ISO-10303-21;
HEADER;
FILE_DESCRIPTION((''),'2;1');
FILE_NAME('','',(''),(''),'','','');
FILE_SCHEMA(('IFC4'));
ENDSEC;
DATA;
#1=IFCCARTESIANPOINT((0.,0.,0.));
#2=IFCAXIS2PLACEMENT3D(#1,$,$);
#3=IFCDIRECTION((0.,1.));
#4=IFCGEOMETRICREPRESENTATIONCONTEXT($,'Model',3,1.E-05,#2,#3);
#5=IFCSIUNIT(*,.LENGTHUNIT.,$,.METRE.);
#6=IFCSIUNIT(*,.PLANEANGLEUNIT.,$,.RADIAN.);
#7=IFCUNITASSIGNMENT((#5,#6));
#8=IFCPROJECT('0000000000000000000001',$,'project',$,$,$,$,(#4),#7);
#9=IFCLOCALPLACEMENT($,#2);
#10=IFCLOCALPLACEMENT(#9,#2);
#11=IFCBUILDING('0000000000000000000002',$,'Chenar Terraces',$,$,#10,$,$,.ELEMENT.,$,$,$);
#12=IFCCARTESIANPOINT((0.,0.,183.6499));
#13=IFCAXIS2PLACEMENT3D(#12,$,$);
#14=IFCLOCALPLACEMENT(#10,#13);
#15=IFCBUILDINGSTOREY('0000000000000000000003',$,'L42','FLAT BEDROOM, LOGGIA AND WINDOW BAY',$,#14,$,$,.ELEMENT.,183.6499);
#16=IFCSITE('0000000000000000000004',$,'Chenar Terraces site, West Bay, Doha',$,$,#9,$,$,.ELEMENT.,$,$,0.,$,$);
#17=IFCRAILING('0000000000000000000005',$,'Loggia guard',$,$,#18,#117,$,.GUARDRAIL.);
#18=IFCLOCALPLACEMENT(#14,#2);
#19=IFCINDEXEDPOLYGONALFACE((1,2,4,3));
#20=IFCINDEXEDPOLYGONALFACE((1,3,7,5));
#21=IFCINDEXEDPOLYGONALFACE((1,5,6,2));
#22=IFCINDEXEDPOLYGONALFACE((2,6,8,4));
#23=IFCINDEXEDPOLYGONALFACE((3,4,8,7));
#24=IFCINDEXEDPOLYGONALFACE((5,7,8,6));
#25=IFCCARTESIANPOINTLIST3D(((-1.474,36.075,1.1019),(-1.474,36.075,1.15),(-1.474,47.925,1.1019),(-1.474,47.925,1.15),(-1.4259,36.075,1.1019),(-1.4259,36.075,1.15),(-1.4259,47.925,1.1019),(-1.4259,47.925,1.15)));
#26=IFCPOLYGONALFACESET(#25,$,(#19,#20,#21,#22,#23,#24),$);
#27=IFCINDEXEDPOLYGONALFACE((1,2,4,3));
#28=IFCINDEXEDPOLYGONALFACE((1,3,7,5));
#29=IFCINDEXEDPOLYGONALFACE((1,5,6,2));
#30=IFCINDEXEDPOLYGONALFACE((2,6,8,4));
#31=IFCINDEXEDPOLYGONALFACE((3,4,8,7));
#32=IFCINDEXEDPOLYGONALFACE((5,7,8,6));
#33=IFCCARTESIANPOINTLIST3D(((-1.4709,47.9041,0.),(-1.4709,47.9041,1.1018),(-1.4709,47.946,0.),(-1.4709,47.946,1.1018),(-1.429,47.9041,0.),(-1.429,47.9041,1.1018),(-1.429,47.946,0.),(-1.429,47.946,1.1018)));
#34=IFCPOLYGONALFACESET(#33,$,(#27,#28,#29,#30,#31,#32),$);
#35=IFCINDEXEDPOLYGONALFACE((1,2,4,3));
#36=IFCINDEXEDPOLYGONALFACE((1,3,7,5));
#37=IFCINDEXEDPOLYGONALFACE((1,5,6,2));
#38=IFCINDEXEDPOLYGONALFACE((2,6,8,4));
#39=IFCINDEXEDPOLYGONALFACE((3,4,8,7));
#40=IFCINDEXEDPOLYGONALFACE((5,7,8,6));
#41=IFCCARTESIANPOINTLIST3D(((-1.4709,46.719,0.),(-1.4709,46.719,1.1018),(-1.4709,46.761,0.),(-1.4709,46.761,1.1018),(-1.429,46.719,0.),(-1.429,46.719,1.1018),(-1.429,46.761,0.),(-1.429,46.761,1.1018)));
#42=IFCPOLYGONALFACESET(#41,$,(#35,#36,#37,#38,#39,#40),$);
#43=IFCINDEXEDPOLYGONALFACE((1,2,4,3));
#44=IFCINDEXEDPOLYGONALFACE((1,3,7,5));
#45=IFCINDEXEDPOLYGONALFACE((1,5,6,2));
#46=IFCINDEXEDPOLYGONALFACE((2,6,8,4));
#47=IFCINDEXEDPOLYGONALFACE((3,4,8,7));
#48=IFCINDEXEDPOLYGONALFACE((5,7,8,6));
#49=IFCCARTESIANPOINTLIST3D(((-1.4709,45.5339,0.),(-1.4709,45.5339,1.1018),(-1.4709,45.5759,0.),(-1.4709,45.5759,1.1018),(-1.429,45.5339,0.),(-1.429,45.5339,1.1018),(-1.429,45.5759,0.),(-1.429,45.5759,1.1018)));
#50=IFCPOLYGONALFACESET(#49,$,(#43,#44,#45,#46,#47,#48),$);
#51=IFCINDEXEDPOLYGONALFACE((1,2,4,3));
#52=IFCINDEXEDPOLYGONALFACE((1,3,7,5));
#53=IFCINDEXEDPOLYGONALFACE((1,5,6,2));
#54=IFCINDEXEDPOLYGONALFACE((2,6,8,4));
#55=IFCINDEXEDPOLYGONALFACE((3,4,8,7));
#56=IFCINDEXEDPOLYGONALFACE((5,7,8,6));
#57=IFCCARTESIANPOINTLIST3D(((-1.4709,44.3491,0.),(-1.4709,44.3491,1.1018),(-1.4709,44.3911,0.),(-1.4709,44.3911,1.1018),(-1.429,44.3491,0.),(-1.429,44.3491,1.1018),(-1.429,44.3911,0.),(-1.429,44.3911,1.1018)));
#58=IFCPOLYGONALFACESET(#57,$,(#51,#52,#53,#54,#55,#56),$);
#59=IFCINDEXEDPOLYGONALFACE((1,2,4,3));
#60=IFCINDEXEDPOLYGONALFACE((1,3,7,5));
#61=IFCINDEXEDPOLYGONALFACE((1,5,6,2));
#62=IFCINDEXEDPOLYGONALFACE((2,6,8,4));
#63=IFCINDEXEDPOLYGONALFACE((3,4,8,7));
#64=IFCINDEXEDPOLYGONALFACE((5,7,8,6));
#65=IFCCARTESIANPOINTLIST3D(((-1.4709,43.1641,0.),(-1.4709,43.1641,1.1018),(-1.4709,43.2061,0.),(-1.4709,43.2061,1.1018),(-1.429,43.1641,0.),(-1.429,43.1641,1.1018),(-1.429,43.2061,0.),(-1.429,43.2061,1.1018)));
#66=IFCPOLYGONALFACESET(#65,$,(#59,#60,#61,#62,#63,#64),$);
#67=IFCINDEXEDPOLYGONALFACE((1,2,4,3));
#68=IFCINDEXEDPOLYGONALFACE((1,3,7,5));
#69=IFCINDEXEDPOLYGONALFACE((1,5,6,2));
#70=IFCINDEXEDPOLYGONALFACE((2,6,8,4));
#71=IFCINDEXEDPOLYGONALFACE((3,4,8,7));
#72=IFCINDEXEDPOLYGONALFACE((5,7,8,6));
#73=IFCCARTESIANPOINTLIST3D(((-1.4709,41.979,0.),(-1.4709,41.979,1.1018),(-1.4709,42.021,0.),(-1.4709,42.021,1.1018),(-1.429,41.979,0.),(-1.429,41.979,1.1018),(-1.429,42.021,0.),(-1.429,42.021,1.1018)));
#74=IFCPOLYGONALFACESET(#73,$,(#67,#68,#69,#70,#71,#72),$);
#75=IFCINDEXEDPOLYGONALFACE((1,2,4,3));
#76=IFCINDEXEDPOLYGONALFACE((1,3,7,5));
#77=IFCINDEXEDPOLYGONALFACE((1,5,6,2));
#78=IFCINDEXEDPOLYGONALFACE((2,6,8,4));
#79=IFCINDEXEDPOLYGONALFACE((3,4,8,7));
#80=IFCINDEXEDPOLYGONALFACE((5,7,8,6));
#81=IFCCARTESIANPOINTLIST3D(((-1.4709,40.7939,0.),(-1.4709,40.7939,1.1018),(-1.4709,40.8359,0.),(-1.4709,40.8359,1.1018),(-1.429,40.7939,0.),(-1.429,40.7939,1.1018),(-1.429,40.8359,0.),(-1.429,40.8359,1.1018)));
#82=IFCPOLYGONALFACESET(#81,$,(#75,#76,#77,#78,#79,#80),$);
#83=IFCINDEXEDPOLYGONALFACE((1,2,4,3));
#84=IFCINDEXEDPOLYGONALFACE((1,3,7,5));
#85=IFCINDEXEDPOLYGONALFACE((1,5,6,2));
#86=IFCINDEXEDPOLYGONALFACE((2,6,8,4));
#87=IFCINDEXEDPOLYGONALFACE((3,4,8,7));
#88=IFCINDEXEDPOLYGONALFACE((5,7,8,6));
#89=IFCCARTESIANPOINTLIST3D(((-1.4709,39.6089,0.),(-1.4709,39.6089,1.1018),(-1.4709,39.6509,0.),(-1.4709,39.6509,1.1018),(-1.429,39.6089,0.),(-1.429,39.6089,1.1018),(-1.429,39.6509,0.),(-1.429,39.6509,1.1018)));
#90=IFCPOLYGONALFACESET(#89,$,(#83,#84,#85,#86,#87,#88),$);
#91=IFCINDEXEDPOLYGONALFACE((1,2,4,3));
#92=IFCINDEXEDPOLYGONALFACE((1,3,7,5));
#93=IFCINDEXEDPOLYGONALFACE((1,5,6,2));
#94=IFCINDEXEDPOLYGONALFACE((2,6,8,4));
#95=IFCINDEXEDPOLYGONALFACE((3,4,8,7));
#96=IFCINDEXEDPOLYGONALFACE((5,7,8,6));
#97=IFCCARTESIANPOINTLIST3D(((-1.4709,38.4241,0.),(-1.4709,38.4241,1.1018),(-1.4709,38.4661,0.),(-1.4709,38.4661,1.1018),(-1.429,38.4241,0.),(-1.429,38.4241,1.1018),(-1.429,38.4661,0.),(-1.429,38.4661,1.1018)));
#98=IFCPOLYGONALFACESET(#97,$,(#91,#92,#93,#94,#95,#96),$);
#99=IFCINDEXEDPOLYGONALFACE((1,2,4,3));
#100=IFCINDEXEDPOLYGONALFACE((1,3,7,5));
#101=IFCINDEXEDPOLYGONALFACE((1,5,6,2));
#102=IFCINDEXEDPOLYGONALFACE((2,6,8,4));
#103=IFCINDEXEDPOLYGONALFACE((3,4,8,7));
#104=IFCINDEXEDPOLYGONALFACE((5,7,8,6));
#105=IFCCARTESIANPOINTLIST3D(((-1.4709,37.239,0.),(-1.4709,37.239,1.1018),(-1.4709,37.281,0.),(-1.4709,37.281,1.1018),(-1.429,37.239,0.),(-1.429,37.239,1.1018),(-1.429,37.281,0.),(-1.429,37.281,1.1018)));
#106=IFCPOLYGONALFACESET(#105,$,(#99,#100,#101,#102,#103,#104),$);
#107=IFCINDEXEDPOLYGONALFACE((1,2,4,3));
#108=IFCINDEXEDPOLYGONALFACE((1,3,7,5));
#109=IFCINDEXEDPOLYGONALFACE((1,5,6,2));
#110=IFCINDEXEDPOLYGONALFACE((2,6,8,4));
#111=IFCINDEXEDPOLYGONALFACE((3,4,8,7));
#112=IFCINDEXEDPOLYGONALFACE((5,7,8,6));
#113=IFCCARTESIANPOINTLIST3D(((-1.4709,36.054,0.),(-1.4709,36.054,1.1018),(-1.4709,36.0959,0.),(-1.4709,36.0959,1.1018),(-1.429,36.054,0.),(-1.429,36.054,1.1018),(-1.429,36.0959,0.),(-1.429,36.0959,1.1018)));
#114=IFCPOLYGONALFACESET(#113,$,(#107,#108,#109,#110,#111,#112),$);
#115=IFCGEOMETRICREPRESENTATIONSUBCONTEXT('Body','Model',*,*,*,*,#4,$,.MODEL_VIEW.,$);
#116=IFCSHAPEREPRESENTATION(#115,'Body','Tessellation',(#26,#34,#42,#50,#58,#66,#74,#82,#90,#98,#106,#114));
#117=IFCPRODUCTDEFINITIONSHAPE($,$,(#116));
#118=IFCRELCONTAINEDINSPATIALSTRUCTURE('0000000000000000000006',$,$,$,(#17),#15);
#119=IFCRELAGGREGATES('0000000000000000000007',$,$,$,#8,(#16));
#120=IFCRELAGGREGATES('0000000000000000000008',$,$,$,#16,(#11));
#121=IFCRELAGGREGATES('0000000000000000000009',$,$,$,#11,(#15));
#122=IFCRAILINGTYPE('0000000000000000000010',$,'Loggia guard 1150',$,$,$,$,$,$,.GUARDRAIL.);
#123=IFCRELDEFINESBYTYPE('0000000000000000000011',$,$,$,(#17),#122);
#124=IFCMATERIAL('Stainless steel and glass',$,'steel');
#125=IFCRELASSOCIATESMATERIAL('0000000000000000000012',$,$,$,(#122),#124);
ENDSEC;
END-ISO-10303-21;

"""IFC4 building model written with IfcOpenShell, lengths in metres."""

from ifc_helpers import new_model, si_unit, direction, frame, origin, origin_2d, place, context, subcontext, project, spatial, rectangle, extrude, material, type_object, element, save


model = new_model("IFC4")

# Units and contexts
model_context = context("Model", 3, precision=1e-05, world=origin(), true_north=direction((0.0, 1.0)))
body_context = subcontext(model_context, "Body", "Model", "MODEL_VIEW")
ifc_project = project(units=[si_unit("LENGTHUNIT", "METRE"), si_unit("PLANEANGLEUNIT", "RADIAN")], contexts=[model_context])

# Site, building, storey
site_placement = place(None, origin())
site = spatial("IfcSite", under=ifc_project, at=site_placement, Name="Chenar Terraces site, West Bay, Doha", CompositionType="ELEMENT", RefElevation=0.0)
building_placement = place(site_placement, origin())
building = spatial("IfcBuilding", under=site, at=building_placement, Name="Chenar Terraces", CompositionType="ELEMENT")
storey_placement = place(building_placement, frame((0.0, 0.0, 183.6499)))
storey = spatial("IfcBuildingStorey", under=building, at=storey_placement, Name="L42", Description="FLAT BEDROOM, LOGGIA AND WINDOW BAY", CompositionType="ELEMENT", Elevation=183.6499)

# Railing
ifc_material_1 = material(Name="Stainless steel and glass", Category="steel")
railing_type = type_object("IfcRailingType", Name="Loggia guard 1150", PredefinedType="GUARDRAIL", material=ifc_material_1)
railing_placement = place(storey_placement, frame((-1.45, 47.925, 0.0)))
element("IfcRailing", 1, at=railing_placement, inside=storey, type_object=railing_type, Name="Loggia guard", PredefinedType="GUARDRAIL", context=body_context, shape_type="SweptSolid", body=[
    extrude(rectangle(XDim=0.0481, YDim=0.0481, at=origin_2d()), frame((0.0, 0.0, 1.126), z_axis=(0.0, -1.0, 0.0), x_axis=(1.0, 0.0, 0.0)), (0.0, 0.0, 1.0), 11.8501),
    extrude(rectangle(XDim=0.042, YDim=0.042, at=origin_2d()), origin(), (0.0, 0.0, 1.0), 1.1018),
    extrude(rectangle(XDim=0.042, YDim=0.042, at=origin_2d()), frame((0.0, -1.1851, 0.0)), (0.0, 0.0, 1.0), 1.1018),
    extrude(rectangle(XDim=0.042, YDim=0.042, at=origin_2d()), frame((0.0, -2.3701, 0.0)), (0.0, 0.0, 1.0), 1.1018),
    extrude(rectangle(XDim=0.042, YDim=0.042, at=origin_2d()), frame((0.0, -3.5549, 0.0)), (0.0, 0.0, 1.0), 1.1018),
    extrude(rectangle(XDim=0.042, YDim=0.042, at=origin_2d()), frame((0.0, -4.74, 0.0)), (0.0, 0.0, 1.0), 1.1018),
    extrude(rectangle(XDim=0.042, YDim=0.042, at=origin_2d()), frame((0.0, -5.925, 0.0)), (0.0, 0.0, 1.0), 1.1018),
    extrude(rectangle(XDim=0.042, YDim=0.042, at=origin_2d()), frame((0.0, -7.1101, 0.0)), (0.0, 0.0, 1.0), 1.1018),
    extrude(rectangle(XDim=0.042, YDim=0.042, at=origin_2d()), frame((0.0, -8.2952, 0.0)), (0.0, 0.0, 1.0), 1.1018),
    extrude(rectangle(XDim=0.042, YDim=0.042, at=origin_2d()), frame((0.0, -9.48, 0.0)), (0.0, 0.0, 1.0), 1.1018),
    extrude(rectangle(XDim=0.042, YDim=0.042, at=origin_2d()), frame((0.0, -10.665, 0.0)), (0.0, 0.0, 1.0), 1.1018),
    extrude(rectangle(XDim=0.042, YDim=0.042, at=origin_2d()), frame((0.0, -11.8501, 0.0)), (0.0, 0.0, 1.0), 1.1018),
])

save(model, "model.ifc")
